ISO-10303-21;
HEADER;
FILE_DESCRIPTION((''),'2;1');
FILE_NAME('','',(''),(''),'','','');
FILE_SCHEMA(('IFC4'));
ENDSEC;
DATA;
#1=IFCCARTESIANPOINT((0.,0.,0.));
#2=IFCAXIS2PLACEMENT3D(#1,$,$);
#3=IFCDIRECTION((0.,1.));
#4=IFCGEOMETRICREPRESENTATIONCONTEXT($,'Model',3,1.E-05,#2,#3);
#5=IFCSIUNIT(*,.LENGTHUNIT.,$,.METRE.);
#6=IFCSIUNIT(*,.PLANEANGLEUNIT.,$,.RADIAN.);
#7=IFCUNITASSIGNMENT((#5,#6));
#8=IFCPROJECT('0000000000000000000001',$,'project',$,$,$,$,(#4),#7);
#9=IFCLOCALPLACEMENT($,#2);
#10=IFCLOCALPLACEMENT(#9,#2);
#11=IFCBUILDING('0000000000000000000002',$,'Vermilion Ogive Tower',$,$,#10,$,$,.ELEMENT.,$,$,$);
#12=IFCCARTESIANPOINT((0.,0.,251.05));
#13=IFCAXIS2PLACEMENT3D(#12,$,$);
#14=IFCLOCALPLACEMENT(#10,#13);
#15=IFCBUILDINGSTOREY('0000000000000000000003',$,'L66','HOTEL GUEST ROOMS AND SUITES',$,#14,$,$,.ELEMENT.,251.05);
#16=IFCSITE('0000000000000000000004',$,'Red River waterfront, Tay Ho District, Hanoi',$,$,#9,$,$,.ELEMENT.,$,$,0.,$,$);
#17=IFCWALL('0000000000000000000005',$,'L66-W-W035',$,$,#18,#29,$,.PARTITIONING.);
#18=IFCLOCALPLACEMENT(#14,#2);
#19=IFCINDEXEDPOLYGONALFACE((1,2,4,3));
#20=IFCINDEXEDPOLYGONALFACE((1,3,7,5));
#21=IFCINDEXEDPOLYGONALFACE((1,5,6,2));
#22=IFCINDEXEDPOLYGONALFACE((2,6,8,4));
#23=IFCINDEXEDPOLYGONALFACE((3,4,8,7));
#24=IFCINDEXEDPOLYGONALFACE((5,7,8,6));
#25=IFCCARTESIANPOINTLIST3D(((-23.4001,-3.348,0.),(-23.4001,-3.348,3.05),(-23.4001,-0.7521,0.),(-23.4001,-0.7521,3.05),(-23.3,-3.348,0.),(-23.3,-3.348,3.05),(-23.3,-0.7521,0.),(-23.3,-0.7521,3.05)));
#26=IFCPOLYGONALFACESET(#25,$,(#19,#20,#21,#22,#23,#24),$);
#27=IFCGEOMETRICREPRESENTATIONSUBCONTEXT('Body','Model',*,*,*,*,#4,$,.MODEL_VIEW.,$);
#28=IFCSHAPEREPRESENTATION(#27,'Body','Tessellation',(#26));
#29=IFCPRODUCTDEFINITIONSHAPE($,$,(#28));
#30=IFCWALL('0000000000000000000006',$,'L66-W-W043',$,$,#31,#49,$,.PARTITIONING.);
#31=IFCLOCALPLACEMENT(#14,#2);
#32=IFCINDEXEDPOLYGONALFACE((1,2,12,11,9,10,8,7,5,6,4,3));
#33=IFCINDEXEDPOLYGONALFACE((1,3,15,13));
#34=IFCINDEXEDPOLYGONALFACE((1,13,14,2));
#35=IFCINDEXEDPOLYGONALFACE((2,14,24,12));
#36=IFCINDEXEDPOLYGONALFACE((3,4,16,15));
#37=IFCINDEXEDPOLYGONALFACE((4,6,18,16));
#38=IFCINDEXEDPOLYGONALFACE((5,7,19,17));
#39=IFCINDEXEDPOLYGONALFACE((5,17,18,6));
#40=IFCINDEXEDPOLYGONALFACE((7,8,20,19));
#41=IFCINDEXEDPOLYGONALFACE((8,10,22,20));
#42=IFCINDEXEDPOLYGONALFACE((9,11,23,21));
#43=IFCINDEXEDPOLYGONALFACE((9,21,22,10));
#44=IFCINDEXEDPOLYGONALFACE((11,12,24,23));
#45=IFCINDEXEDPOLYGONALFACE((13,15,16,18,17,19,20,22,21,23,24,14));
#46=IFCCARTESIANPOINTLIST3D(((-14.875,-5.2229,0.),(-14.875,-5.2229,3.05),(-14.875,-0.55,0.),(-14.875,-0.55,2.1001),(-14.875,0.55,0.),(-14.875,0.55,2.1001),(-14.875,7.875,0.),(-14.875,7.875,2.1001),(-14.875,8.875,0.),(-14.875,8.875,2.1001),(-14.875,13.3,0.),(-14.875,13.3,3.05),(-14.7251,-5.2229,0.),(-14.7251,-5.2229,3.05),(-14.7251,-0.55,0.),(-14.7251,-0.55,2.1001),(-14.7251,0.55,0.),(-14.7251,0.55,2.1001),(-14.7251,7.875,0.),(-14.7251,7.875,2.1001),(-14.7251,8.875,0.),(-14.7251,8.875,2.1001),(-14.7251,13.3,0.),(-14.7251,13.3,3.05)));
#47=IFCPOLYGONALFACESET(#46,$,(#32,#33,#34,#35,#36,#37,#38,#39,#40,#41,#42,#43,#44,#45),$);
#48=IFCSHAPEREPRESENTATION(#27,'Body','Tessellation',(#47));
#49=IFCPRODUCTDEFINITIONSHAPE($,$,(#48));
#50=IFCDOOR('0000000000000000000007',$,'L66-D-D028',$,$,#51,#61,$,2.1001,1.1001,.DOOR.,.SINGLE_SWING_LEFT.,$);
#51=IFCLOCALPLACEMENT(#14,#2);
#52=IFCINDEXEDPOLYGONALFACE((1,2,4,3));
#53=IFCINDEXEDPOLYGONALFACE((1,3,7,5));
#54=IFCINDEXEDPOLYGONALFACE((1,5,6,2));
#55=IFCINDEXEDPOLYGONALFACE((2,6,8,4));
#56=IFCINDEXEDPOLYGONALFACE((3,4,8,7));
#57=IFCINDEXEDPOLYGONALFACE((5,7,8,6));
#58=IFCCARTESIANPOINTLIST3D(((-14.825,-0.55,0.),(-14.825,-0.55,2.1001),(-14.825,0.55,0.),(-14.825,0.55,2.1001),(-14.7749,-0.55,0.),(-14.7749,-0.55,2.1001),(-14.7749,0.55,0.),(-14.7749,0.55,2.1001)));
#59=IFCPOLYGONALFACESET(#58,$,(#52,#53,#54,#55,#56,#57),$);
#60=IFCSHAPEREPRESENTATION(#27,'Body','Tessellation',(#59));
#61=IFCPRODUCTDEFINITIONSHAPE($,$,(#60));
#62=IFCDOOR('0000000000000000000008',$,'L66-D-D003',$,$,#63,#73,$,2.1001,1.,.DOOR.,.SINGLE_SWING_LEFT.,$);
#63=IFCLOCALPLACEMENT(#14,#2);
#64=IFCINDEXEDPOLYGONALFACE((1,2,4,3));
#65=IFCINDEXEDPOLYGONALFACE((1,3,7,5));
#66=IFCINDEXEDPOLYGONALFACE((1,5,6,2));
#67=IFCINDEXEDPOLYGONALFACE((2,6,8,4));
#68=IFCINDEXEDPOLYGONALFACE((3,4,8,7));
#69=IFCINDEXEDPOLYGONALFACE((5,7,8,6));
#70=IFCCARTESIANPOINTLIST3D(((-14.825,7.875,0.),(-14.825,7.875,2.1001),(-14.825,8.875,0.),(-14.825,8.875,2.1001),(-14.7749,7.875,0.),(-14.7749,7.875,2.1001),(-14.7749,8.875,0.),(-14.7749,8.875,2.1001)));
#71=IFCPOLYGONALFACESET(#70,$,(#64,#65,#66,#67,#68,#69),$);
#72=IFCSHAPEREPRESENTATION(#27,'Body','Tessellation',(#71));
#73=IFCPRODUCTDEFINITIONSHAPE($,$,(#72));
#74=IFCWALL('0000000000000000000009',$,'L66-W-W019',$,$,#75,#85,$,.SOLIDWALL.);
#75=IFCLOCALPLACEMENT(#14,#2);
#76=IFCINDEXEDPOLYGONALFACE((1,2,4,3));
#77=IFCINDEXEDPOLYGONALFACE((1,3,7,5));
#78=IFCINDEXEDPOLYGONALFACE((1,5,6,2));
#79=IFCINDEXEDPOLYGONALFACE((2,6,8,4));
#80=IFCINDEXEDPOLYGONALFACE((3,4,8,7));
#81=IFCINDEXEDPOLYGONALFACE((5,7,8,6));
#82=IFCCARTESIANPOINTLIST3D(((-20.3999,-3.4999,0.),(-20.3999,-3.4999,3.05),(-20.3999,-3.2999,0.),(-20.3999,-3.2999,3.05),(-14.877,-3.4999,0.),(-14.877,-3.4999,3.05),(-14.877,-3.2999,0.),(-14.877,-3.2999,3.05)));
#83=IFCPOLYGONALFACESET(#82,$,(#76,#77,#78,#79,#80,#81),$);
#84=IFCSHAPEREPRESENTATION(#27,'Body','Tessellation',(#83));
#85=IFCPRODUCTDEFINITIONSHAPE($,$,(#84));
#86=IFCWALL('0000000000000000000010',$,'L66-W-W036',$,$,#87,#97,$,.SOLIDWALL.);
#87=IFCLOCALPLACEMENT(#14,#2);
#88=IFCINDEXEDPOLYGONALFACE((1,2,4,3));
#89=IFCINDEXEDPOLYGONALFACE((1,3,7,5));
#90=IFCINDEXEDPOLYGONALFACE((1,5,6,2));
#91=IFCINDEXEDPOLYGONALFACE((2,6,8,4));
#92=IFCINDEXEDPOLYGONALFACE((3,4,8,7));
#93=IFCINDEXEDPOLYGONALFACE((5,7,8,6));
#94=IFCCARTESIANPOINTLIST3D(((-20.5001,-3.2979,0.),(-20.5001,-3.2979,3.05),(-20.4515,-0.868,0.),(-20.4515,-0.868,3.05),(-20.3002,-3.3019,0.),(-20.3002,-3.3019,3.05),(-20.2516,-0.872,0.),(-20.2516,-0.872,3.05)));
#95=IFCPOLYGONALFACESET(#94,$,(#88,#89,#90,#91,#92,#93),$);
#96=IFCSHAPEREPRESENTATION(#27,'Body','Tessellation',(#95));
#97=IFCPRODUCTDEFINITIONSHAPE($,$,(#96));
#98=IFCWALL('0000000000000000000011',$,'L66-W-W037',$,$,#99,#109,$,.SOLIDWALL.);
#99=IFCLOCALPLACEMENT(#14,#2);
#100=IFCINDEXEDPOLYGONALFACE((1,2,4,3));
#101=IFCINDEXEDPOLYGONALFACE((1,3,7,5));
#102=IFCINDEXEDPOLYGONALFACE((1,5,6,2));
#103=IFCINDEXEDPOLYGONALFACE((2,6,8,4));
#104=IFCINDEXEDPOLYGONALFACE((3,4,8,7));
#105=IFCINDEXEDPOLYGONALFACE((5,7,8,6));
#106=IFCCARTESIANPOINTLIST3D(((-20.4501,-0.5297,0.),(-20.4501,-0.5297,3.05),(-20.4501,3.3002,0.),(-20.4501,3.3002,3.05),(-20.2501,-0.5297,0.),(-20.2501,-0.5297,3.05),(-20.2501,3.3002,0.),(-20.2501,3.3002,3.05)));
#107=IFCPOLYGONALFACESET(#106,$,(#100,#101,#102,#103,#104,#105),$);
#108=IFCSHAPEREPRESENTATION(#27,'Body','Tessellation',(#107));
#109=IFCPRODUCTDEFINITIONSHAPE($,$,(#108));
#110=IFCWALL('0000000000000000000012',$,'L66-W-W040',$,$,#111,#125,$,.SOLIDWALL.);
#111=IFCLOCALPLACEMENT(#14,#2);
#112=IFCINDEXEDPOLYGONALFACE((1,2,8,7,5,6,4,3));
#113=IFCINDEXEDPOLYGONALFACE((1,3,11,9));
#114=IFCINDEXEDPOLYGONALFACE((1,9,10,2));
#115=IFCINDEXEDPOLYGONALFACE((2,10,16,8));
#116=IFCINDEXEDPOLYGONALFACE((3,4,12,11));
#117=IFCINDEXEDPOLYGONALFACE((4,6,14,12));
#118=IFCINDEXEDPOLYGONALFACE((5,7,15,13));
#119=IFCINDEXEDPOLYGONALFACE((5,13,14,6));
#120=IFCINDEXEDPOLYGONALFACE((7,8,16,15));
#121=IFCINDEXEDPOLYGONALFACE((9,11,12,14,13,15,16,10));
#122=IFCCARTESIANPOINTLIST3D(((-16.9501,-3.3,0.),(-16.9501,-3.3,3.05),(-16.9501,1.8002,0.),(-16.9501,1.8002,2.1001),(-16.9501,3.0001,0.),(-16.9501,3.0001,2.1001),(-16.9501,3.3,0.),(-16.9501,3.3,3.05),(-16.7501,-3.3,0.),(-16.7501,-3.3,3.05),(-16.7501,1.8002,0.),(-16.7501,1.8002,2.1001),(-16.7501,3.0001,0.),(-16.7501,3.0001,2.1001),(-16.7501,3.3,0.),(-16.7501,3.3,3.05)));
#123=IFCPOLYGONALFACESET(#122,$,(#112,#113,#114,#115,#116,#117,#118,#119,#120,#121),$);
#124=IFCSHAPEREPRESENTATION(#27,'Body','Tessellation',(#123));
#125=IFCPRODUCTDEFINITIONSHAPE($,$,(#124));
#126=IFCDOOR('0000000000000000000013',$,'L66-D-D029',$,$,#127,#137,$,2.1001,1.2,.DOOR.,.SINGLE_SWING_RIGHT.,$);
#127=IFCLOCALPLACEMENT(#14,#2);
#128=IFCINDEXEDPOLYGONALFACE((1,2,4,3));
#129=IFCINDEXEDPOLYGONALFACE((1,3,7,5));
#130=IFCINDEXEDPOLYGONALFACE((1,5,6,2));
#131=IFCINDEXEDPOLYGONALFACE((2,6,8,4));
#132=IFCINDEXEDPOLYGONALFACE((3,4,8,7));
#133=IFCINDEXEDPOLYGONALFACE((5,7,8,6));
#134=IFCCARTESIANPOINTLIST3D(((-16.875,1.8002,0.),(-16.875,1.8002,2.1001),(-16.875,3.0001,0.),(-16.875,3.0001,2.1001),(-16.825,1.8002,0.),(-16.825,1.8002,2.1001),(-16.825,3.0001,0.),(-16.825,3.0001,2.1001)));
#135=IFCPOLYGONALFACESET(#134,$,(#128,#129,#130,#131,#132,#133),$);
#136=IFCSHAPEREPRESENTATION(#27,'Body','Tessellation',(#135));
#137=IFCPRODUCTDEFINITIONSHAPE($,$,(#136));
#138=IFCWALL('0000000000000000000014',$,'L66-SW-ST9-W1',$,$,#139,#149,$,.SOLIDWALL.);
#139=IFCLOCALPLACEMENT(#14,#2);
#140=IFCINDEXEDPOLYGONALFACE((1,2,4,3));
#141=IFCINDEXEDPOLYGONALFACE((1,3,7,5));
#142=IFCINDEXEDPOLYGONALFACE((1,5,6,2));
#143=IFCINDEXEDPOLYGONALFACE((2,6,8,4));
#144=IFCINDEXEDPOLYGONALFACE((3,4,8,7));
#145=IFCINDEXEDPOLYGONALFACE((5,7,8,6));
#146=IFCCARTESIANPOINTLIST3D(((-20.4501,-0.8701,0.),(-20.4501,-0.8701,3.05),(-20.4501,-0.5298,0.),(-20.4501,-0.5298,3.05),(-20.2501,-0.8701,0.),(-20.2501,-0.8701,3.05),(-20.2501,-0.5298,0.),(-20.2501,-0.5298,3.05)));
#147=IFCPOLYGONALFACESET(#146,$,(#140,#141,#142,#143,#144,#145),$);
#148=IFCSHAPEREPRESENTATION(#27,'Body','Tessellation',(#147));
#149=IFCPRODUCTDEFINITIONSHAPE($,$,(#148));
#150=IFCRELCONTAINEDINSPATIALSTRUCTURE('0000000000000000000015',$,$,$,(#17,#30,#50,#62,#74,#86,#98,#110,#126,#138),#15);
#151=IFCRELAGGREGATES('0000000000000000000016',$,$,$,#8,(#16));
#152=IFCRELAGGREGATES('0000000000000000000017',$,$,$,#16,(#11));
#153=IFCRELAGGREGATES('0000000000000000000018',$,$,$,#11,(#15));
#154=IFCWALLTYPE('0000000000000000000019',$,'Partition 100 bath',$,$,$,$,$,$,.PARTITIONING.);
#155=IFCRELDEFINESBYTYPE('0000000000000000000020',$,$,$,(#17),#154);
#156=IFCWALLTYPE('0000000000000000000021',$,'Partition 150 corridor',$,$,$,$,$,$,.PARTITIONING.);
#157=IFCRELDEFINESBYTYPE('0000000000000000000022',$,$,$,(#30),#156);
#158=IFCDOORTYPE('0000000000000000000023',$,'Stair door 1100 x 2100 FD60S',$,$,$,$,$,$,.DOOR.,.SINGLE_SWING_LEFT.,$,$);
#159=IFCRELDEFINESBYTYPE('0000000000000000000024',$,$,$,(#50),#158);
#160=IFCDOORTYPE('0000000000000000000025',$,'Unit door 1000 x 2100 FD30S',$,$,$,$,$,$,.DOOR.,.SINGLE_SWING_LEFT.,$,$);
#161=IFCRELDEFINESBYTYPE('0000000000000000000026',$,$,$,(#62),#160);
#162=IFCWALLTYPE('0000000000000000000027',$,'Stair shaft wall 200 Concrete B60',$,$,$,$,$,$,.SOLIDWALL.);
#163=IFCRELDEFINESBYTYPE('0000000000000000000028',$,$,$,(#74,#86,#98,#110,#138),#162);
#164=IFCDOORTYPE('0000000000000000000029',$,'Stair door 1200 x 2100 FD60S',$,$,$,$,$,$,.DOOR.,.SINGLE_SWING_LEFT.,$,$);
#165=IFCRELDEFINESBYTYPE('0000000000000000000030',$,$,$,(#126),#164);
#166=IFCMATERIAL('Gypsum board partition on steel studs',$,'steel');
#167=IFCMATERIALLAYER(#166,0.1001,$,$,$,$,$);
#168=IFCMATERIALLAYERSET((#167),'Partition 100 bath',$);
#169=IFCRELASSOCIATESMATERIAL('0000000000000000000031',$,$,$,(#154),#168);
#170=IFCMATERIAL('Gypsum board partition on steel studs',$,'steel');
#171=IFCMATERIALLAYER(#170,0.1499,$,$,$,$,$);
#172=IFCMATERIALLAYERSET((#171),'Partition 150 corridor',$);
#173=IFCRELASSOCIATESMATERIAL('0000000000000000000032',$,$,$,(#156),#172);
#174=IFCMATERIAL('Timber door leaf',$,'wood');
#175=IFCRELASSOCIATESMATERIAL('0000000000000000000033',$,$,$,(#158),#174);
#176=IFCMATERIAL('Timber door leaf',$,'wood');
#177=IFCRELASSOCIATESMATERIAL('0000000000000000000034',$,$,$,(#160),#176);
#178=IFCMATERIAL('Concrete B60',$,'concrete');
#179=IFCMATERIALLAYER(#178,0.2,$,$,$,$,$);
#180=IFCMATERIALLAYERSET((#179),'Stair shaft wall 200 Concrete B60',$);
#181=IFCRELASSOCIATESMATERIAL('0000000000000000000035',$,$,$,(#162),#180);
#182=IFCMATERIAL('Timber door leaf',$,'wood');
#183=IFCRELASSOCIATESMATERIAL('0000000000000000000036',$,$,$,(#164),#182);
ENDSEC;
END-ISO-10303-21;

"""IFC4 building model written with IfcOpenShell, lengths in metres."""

from ifc_helpers import new_model, si_unit, direction, frame, frame_2d, origin, place, context, subcontext, project, spatial, rectangle, extrude, material, layer, layer_set, type_object, element, fill, save


model = new_model("IFC4")

# Units and contexts
model_context = context("Model", 3, precision=1e-05, world=origin(), true_north=direction((0.0, 1.0)))
body_context = subcontext(model_context, "Body", "Model", "MODEL_VIEW")
ifc_project = project(units=[si_unit("LENGTHUNIT", "METRE"), si_unit("PLANEANGLEUNIT", "RADIAN")], contexts=[model_context])

# Site, building, storey
site_placement = place(None, origin())
site = spatial("IfcSite", under=ifc_project, at=site_placement, Name="Red River waterfront, Tay Ho District, Hanoi", CompositionType="ELEMENT", RefElevation=0.0)
building_placement = place(site_placement, origin())
building = spatial("IfcBuilding", under=site, at=building_placement, Name="Vermilion Ogive Tower", CompositionType="ELEMENT")
storey_placement = place(building_placement, frame((0.0, 0.0, 251.05)))
storey = spatial("IfcBuildingStorey", under=building, at=storey_placement, Name="L66", Description="HOTEL GUEST ROOMS AND SUITES", CompositionType="ELEMENT", Elevation=251.05)

# Wall
ifc_material_1 = material(Name="Gypsum board partition on steel studs", Category="steel")
ifc_layer_1 = layer(ifc_material_1, 0.1001)
ifc_layer_set_1 = layer_set([ifc_layer_1], Name="Partition 100 bath")
wall_type_1 = type_object("IfcWallType", Name="Partition 100 bath", PredefinedType="PARTITIONING", material=ifc_layer_set_1)
wall_1_placement = place(storey_placement, frame((-23.3501, -3.3479, 0.0), z_axis=(0.0, 0.0, 1.0), x_axis=(0.0, 1.0, 0.0)))
element("IfcWall", 1, at=wall_1_placement, inside=storey, type_object=wall_type_1, Name="L66-W-W035", PredefinedType="PARTITIONING", context=body_context, shape_type="SweptSolid", body=[
    extrude(rectangle(XDim=2.5959, YDim=0.1001, at=frame_2d((1.2979, 0.0))), origin(), (0.0, 0.0, 1.0), 3.05),
])

# Wall, openings, doors
ifc_material_2 = material(Name="Gypsum board partition on steel studs", Category="steel")
ifc_layer_2 = layer(ifc_material_2, 0.1499)
ifc_layer_set_2 = layer_set([ifc_layer_2], Name="Partition 150 corridor")
wall_type_2 = type_object("IfcWallType", Name="Partition 150 corridor", PredefinedType="PARTITIONING", material=ifc_layer_set_2)
wall_2_placement = place(storey_placement, frame((-14.8, -5.2229, 0.0), z_axis=(0.0, 0.0, 1.0), x_axis=(0.0, 1.0, 0.0)))
wall_2 = element("IfcWall", 2, at=wall_2_placement, inside=storey, type_object=wall_type_2, Name="L66-W-W043", PredefinedType="PARTITIONING", context=body_context, shape_type="SweptSolid", body=[
    extrude(rectangle(XDim=18.5229, YDim=0.1499, at=frame_2d((9.2615, 0.0))), origin(), (0.0, 0.0, 1.0), 3.05),
])
opening_1_placement = place(wall_2_placement, frame((13.0979, 0.0, 0.0)))
opening_1 = element("IfcOpeningElement", 3, at=opening_1_placement, cuts=wall_2, PredefinedType="OPENING", context=body_context, shape_type="SweptSolid", body=[
    extrude(rectangle(XDim=1.0, YDim=2.1001, at=frame_2d((0.5, 1.05))), frame((0.0, 0.085, 0.0), z_axis=(0.0, -1.0, 0.0), x_axis=(1.0, 0.0, 0.0)), (0.0, 0.0, 1.0), 0.1699),
])
opening_2_placement = place(wall_2_placement, frame((4.6729, 0.0, 0.0)))
opening_2 = element("IfcOpeningElement", 4, at=opening_2_placement, cuts=wall_2, PredefinedType="OPENING", context=body_context, shape_type="SweptSolid", body=[
    extrude(rectangle(XDim=1.1001, YDim=2.1001, at=frame_2d((0.55, 1.05))), frame((0.0, 0.085, 0.0), z_axis=(0.0, -1.0, 0.0), x_axis=(1.0, 0.0, 0.0)), (0.0, 0.0, 1.0), 0.1699),
])
ifc_material_3 = material(Name="Timber door leaf", Category="wood")
door_type_1 = type_object("IfcDoorType", Name="Stair door 1100 x 2100 FD60S", OperationType="SINGLE_SWING_LEFT", PredefinedType="DOOR", material=ifc_material_3)
door_1_placement = place(opening_2_placement, origin())
door_1 = element("IfcDoor", 5, at=door_1_placement, inside=storey, type_object=door_type_1, Name="L66-D-D028", OperationType="SINGLE_SWING_LEFT", OverallHeight=2.1001, OverallWidth=1.1001, PredefinedType="DOOR", context=body_context, shape_type="SweptSolid", body=[
    extrude(rectangle(XDim=1.1001, YDim=2.1001, at=frame_2d((0.55, 1.05))), frame((0.0, 0.0249, 0.0), z_axis=(0.0, -1.0, 0.0), x_axis=(1.0, 0.0, 0.0)), (0.0, 0.0, 1.0), 0.05),
])
fill(opening_2, door_1)
ifc_material_4 = material(Name="Timber door leaf", Category="wood")
door_type_2 = type_object("IfcDoorType", Name="Unit door 1000 x 2100 FD30S", OperationType="SINGLE_SWING_LEFT", PredefinedType="DOOR", material=ifc_material_4)
door_2_placement = place(opening_1_placement, origin())
door_2 = element("IfcDoor", 6, at=door_2_placement, inside=storey, type_object=door_type_2, Name="L66-D-D003", OperationType="SINGLE_SWING_LEFT", OverallHeight=2.1001, OverallWidth=1.0, PredefinedType="DOOR", context=body_context, shape_type="SweptSolid", body=[
    extrude(rectangle(XDim=1.0, YDim=2.1001, at=frame_2d((0.5, 1.05))), frame((0.0, 0.0249, 0.0), z_axis=(0.0, -1.0, 0.0), x_axis=(1.0, 0.0, 0.0)), (0.0, 0.0, 1.0), 0.05),
])
fill(opening_1, door_2)

# Walls
ifc_material_5 = material(Name="Concrete B60", Category="concrete")
ifc_layer_3 = layer(ifc_material_5, 0.2)
ifc_layer_set_3 = layer_set([ifc_layer_3], Name="Stair shaft wall 200 Concrete B60")
wall_type_3 = type_object("IfcWallType", Name="Stair shaft wall 200 Concrete B60", PredefinedType="SOLIDWALL", material=ifc_layer_set_3)
wall_3_placement = place(storey_placement, frame((-20.3999, -3.3999, 0.0), z_axis=(0.0, 0.0, 1.0), x_axis=(1.0, 0.0, 0.0)))
element("IfcWall", 7, at=wall_3_placement, inside=storey, type_object=wall_type_3, Name="L66-W-W019", PredefinedType="SOLIDWALL", context=body_context, shape_type="SweptSolid", body=[
    extrude(rectangle(XDim=5.5229, YDim=0.2, at=frame_2d((2.7615, 0.0))), origin(), (0.0, 0.0, 1.0), 3.05),
])
wall_4_placement = place(storey_placement, frame((-20.4001, -3.3, 0.0), z_axis=(0.0, 0.0, 1.0), x_axis=(0.01999, 0.9998, 0.0)))
element("IfcWall", 8, at=wall_4_placement, inside=storey, type_object=wall_type_3, Name="L66-W-W036", PredefinedType="SOLIDWALL", context=body_context, shape_type="SweptSolid", body=[
    extrude(rectangle(XDim=2.4304, YDim=0.2, at=frame_2d((1.2153, 0.0))), origin(), (0.0, 0.0, 1.0), 3.05),
])
wall_5_placement = place(storey_placement, frame((-20.3501, -0.5298, 0.0), z_axis=(0.0, 0.0, 1.0), x_axis=(0.0, 1.0, 0.0)))
element("IfcWall", 9, at=wall_5_placement, inside=storey, type_object=wall_type_3, Name="L66-W-W037", PredefinedType="SOLIDWALL", context=body_context, shape_type="SweptSolid", body=[
    extrude(rectangle(XDim=3.8298, YDim=0.2, at=frame_2d((1.915, 0.0))), origin(), (0.0, 0.0, 1.0), 3.05),
])

# Wall, opening, door
wall_6_placement = place(storey_placement, frame((-16.8501, -3.3, 0.0), z_axis=(0.0, 0.0, 1.0), x_axis=(0.0, 1.0, 0.0)))
wall_6 = element("IfcWall", 10, at=wall_6_placement, inside=storey, type_object=wall_type_3, Name="L66-W-W040", PredefinedType="SOLIDWALL", context=body_context, shape_type="SweptSolid", body=[
    extrude(rectangle(XDim=6.6001, YDim=0.2, at=frame_2d((3.3, 0.0))), origin(), (0.0, 0.0, 1.0), 3.05),
])
opening_3_placement = place(wall_6_placement, frame((5.1001, 0.0, 0.0)))
opening_3 = element("IfcOpeningElement", 11, at=opening_3_placement, cuts=wall_6, PredefinedType="OPENING", context=body_context, shape_type="SweptSolid", body=[
    extrude(rectangle(XDim=1.2, YDim=2.1001, at=frame_2d((0.6001, 1.05))), frame((0.0, 0.1099, 0.0), z_axis=(0.0, -1.0, 0.0), x_axis=(1.0, 0.0, 0.0)), (0.0, 0.0, 1.0), 0.22),
])
ifc_material_6 = material(Name="Timber door leaf", Category="wood")
door_type_3 = type_object("IfcDoorType", Name="Stair door 1200 x 2100 FD60S", OperationType="SINGLE_SWING_LEFT", PredefinedType="DOOR", material=ifc_material_6)
door_3_placement = place(opening_3_placement, origin())
door_3 = element("IfcDoor", 12, at=door_3_placement, inside=storey, type_object=door_type_3, Name="L66-D-D029", OperationType="SINGLE_SWING_RIGHT", OverallHeight=2.1001, OverallWidth=1.2, PredefinedType="DOOR", context=body_context, shape_type="SweptSolid", body=[
    extrude(rectangle(XDim=1.2, YDim=2.1001, at=frame_2d((0.6001, 1.05))), frame((0.0, 0.0249, 0.0), z_axis=(0.0, -1.0, 0.0), x_axis=(1.0, 0.0, 0.0)), (0.0, 0.0, 1.0), 0.05),
])
fill(opening_3, door_3)

# Wall
wall_7_placement = place(storey_placement, frame((-20.3501, -0.8701, 0.0), z_axis=(0.0, 0.0, 1.0), x_axis=(0.0, 1.0, 0.0)))
element("IfcWall", 13, at=wall_7_placement, inside=storey, type_object=wall_type_3, Name="L66-SW-ST9-W1", PredefinedType="SOLIDWALL", context=body_context, shape_type="SweptSolid", body=[
    extrude(rectangle(XDim=0.3403, YDim=0.2, at=frame_2d((0.1702, 0.0))), origin(), (0.0, 0.0, 1.0), 3.05),
])

save(model, "model.ifc")
